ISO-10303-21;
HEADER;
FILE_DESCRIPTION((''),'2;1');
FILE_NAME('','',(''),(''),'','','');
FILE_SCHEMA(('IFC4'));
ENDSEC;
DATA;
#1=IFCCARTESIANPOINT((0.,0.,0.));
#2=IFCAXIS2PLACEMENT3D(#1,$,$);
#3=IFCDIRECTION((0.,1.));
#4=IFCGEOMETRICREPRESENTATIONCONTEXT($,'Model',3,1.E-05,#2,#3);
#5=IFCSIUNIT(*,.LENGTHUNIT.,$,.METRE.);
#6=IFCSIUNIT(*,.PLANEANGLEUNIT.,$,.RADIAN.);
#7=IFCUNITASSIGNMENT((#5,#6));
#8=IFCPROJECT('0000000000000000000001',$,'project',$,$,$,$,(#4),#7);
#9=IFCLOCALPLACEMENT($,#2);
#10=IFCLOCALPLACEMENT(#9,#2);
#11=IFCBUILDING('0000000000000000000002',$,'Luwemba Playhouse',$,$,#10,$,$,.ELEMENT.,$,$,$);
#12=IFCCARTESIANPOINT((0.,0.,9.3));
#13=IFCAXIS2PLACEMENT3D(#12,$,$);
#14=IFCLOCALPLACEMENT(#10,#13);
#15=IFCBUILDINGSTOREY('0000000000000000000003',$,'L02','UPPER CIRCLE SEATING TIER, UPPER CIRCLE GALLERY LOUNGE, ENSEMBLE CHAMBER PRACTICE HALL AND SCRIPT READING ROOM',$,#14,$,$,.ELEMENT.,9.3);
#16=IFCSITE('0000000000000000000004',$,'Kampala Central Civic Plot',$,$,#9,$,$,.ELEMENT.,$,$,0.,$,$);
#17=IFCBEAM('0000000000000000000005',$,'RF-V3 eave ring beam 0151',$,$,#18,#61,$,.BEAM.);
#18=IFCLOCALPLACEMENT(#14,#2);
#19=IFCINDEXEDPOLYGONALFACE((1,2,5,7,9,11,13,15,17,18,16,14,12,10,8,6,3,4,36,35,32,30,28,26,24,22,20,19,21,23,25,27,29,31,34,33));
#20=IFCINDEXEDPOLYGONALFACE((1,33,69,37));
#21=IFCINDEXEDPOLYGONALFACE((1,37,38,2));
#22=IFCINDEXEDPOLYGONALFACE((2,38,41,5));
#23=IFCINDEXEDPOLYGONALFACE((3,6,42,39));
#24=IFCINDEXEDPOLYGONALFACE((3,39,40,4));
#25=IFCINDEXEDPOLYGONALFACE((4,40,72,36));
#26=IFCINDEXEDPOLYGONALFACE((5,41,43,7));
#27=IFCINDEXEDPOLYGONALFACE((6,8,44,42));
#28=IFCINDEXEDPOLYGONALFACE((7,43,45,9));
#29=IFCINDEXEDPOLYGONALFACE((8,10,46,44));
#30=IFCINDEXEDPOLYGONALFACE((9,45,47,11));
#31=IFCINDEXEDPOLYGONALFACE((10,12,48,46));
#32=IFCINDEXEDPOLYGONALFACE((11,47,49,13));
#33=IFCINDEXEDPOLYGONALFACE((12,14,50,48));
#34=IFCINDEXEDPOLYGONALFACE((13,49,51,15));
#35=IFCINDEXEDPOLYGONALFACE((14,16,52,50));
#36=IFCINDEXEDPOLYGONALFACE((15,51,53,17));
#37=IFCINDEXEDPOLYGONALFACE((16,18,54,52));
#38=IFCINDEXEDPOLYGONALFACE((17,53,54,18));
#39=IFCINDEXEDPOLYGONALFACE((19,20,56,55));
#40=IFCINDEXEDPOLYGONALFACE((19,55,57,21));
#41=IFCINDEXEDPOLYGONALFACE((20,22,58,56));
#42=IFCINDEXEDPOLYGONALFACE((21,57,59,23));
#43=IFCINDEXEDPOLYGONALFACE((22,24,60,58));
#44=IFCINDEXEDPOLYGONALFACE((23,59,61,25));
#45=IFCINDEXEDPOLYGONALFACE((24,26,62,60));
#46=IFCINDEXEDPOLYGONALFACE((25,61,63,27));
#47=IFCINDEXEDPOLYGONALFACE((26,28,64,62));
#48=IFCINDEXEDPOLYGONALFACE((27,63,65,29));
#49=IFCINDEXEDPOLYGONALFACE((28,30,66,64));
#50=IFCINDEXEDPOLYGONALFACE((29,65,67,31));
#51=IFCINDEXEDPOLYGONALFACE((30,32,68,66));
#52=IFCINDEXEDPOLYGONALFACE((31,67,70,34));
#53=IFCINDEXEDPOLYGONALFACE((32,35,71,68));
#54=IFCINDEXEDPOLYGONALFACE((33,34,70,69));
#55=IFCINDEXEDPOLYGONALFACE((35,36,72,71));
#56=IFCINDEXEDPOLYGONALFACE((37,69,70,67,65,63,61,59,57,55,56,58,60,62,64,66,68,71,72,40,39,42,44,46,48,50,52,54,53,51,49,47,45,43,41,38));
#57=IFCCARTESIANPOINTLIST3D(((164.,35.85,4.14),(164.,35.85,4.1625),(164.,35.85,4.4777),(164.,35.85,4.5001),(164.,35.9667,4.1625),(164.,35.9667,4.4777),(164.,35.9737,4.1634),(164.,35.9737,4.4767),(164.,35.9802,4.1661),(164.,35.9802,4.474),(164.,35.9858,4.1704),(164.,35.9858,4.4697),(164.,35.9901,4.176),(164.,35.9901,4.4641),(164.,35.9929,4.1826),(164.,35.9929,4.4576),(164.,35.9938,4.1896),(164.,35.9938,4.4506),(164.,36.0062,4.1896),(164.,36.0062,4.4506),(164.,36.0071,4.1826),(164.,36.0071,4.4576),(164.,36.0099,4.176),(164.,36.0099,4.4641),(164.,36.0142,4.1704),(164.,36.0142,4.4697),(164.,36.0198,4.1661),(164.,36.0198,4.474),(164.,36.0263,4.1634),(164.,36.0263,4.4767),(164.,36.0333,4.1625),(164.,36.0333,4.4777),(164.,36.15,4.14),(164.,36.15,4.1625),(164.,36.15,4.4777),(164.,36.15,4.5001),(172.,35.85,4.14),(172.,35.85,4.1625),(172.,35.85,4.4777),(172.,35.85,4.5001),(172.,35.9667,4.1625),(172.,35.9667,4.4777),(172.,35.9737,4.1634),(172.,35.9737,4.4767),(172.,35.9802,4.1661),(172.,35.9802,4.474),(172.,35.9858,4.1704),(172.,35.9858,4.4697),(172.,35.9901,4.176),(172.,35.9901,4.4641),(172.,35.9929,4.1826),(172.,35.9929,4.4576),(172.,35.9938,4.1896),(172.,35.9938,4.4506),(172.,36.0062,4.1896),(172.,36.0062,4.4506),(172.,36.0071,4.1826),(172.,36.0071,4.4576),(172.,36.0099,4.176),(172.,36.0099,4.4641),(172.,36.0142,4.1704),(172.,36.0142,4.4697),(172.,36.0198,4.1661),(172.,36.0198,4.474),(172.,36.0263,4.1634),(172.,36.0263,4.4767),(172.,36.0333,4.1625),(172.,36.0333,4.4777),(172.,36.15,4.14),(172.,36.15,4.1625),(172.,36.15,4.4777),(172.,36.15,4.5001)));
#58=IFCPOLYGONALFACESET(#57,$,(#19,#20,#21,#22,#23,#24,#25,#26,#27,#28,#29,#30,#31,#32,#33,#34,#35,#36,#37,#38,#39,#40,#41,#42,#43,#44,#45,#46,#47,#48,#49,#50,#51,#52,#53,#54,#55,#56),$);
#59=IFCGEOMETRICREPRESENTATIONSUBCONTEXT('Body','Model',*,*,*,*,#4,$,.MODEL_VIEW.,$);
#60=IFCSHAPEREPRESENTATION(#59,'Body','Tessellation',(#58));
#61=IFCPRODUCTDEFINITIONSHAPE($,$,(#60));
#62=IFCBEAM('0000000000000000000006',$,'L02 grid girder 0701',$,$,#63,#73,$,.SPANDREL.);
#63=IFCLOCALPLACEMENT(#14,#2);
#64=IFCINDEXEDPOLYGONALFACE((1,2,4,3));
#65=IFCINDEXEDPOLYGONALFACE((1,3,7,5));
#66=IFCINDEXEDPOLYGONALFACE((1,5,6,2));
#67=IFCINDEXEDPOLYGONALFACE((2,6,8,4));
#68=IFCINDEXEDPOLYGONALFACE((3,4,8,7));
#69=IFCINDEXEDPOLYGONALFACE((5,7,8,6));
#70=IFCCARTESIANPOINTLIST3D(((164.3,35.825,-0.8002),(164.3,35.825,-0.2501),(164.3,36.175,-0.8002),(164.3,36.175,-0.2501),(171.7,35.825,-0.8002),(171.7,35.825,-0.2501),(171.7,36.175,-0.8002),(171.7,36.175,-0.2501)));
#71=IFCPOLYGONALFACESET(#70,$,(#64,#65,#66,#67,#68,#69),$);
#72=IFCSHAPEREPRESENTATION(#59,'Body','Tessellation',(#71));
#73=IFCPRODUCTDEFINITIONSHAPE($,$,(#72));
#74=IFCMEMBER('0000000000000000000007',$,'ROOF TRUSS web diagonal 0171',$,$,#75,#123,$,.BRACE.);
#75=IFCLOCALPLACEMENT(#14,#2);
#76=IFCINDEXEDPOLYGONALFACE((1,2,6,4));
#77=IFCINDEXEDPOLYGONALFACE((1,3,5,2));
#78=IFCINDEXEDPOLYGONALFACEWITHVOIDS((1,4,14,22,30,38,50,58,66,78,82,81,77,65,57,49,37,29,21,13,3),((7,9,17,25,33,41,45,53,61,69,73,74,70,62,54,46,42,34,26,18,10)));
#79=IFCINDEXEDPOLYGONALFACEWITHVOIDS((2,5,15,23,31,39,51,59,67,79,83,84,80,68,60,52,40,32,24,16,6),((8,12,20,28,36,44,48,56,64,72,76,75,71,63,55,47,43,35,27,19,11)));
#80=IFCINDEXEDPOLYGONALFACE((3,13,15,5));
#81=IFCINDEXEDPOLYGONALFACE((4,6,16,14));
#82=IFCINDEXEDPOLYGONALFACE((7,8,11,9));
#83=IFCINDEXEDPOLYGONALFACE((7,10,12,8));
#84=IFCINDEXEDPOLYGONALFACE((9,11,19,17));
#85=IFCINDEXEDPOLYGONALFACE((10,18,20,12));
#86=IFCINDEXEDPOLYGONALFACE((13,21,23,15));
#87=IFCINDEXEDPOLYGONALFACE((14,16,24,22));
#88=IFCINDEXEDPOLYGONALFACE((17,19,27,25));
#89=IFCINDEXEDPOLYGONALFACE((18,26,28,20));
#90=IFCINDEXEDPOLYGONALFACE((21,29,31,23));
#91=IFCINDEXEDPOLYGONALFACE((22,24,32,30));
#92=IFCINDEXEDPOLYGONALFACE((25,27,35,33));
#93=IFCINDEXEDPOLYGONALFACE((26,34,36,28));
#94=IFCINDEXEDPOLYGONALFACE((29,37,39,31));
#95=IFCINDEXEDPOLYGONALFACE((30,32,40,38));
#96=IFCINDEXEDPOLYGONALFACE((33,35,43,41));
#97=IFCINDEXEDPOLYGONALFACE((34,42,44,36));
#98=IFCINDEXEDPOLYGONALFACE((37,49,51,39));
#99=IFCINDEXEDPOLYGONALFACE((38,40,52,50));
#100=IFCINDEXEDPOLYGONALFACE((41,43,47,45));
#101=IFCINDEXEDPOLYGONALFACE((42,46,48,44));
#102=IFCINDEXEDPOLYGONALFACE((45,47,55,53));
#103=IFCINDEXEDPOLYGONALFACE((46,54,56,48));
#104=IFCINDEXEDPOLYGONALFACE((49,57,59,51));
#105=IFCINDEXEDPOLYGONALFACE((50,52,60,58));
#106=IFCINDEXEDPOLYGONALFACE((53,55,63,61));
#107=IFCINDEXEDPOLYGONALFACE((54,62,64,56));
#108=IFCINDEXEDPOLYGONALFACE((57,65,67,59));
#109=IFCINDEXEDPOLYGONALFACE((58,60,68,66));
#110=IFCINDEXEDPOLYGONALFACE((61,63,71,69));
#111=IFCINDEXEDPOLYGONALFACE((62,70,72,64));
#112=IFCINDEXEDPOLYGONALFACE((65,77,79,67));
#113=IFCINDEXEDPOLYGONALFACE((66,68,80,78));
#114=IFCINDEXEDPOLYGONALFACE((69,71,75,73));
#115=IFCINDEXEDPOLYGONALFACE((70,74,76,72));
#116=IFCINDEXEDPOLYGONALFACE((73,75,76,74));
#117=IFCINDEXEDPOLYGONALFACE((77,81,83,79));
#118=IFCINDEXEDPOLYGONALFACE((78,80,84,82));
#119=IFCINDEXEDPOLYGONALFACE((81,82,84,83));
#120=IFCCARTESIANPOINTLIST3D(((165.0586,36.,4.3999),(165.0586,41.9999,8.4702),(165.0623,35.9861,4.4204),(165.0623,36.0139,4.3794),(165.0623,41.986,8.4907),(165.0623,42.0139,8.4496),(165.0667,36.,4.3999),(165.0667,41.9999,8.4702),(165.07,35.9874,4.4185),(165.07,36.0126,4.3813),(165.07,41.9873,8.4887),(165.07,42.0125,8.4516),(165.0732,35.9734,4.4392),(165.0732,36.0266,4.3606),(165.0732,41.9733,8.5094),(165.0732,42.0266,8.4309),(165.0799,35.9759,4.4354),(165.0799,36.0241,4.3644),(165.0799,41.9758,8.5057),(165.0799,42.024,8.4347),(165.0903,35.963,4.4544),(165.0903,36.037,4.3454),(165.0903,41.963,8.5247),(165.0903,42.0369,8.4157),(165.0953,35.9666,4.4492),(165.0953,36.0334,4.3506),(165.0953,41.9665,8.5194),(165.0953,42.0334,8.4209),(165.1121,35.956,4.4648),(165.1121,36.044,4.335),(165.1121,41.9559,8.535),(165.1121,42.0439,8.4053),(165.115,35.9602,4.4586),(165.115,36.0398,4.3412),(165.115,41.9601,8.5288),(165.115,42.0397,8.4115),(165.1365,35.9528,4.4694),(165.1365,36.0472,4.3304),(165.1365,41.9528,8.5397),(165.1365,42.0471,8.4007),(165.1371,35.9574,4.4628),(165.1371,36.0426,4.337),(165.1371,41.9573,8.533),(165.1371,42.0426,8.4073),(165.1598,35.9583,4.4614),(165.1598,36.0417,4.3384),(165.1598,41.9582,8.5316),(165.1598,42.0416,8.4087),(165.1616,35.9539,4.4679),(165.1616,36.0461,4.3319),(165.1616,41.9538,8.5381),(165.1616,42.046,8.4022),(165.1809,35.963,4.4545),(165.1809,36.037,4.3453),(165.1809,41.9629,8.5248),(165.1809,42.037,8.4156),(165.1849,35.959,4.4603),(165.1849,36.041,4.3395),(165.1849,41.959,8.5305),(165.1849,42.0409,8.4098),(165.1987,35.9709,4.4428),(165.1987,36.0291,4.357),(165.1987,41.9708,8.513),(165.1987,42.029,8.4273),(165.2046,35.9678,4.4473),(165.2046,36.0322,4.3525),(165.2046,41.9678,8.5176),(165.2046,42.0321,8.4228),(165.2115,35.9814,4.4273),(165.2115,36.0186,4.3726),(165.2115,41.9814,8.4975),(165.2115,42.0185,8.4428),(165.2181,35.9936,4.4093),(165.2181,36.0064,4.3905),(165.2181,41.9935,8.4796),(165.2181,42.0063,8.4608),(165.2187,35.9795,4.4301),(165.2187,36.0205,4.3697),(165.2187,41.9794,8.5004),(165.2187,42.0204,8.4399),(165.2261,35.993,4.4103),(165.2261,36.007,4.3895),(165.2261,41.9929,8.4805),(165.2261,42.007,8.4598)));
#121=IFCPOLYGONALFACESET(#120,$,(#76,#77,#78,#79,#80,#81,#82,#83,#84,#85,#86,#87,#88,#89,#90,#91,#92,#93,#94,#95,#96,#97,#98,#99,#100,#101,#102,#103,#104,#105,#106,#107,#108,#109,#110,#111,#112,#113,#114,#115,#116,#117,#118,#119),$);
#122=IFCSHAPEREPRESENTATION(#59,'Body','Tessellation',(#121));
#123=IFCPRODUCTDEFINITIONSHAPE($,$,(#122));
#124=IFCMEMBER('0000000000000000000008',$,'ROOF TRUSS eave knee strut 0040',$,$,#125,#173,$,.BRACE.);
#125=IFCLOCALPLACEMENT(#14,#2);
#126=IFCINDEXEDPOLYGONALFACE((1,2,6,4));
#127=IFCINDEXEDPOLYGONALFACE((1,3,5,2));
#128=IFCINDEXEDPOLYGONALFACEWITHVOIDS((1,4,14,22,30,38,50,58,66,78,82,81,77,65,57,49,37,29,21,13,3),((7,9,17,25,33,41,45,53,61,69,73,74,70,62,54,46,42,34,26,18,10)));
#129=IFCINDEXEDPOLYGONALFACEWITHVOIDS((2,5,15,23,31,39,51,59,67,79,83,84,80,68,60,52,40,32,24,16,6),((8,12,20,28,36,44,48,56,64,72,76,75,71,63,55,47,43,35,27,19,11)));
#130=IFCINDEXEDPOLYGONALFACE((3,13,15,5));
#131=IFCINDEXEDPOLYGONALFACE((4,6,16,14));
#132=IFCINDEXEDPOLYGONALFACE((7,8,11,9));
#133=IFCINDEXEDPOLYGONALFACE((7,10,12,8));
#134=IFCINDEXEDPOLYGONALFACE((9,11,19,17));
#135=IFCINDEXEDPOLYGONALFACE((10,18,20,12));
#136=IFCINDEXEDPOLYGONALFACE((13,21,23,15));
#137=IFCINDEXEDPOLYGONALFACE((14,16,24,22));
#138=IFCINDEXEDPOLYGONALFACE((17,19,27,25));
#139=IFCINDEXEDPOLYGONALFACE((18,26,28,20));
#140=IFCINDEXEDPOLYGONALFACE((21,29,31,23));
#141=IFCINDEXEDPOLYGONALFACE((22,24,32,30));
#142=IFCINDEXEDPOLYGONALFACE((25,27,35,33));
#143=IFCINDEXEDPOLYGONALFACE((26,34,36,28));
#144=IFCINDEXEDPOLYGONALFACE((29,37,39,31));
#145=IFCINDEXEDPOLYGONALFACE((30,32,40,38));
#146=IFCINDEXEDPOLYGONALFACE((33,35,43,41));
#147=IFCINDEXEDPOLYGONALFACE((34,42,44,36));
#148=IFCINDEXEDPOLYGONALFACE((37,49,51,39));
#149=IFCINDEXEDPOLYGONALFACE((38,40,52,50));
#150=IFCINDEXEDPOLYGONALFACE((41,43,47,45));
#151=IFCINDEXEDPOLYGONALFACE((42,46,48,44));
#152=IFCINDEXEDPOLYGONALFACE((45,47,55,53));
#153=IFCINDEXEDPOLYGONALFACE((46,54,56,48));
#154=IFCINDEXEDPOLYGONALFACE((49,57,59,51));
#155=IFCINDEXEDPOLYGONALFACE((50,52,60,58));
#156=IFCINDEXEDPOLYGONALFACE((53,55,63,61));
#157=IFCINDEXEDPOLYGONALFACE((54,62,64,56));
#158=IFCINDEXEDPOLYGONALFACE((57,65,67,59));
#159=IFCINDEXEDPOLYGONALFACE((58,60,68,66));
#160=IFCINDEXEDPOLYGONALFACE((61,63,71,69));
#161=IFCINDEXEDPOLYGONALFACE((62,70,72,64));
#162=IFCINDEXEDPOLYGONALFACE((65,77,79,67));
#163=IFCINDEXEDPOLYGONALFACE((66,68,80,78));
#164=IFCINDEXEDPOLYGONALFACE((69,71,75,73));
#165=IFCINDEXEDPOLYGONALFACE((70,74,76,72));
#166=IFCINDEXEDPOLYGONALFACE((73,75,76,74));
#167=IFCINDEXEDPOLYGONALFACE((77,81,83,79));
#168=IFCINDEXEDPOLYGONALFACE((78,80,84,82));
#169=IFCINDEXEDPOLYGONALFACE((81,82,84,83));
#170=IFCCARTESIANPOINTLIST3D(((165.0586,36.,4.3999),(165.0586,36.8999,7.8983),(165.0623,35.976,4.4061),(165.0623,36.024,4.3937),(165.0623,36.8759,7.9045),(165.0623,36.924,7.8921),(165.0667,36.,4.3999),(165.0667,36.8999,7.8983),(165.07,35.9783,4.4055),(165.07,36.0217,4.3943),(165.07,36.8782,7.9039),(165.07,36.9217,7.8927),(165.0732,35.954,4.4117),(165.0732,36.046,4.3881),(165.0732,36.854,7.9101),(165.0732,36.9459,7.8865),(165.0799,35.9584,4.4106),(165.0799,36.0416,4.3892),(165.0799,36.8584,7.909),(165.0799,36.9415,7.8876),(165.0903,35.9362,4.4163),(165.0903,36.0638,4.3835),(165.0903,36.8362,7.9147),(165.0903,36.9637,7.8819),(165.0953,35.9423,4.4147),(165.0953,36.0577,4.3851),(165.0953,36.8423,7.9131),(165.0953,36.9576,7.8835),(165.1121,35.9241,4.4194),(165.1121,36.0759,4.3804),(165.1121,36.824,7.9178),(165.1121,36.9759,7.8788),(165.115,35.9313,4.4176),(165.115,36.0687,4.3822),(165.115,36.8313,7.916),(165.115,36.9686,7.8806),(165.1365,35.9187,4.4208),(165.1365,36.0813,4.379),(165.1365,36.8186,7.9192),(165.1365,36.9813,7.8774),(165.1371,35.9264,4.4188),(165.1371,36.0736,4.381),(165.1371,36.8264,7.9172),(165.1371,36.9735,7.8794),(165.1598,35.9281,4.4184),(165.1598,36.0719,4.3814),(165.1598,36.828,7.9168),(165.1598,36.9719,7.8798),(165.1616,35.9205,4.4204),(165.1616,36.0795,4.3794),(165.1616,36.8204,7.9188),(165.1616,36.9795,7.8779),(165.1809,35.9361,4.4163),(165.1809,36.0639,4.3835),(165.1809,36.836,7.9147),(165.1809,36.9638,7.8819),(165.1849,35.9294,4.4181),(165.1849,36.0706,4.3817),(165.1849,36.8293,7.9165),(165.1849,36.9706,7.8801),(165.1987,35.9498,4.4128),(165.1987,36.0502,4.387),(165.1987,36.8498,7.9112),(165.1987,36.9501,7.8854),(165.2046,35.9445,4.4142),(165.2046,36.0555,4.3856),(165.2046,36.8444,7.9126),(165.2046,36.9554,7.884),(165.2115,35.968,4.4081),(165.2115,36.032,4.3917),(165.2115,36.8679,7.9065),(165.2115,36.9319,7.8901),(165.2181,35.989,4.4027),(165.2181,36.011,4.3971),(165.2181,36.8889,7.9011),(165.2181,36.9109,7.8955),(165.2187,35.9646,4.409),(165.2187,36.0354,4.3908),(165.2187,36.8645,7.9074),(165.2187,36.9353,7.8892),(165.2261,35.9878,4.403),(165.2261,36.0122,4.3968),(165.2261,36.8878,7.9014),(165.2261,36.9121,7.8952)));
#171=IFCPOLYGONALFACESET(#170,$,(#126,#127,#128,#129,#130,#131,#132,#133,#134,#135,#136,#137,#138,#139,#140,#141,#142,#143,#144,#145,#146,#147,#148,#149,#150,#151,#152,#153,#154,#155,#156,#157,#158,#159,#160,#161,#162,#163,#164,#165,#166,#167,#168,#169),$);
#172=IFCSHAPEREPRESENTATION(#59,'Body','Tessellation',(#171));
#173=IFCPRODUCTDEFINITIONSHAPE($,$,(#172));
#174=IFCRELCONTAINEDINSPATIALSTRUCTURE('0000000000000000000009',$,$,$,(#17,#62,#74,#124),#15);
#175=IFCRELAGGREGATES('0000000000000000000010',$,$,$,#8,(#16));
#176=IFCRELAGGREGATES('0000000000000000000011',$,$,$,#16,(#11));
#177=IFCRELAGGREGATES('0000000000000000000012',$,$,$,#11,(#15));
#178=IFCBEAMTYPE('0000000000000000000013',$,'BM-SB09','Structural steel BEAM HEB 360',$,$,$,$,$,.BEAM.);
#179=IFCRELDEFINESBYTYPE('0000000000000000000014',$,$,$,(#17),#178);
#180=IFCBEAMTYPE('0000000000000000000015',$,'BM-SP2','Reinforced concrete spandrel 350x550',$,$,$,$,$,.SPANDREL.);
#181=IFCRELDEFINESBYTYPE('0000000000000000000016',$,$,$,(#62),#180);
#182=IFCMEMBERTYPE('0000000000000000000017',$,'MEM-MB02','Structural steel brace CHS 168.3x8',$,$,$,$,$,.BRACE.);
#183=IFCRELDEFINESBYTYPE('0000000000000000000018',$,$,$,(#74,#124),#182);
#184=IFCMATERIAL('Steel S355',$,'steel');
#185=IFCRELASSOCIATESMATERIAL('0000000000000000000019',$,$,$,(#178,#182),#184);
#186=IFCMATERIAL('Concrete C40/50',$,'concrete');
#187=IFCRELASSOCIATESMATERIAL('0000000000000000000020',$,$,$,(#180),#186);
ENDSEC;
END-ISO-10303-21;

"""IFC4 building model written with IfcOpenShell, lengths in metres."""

from ifc_helpers import new_model, si_unit, direction, frame, origin, origin_2d, place, context, subcontext, project, spatial, rectangle, hollow_circle, i_section, extrude, material, material_profile, profile_set, type_object, element, save


model = new_model("IFC4")

# Units and contexts
model_context = context("Model", 3, precision=1e-05, world=origin(), true_north=direction((0.0, 1.0)))
body_context = subcontext(model_context, "Body", "Model", "MODEL_VIEW")
ifc_project = project(units=[si_unit("LENGTHUNIT", "METRE"), si_unit("PLANEANGLEUNIT", "RADIAN")], contexts=[model_context])

# Site, building, storey
site_placement = place(None, origin())
site = spatial("IfcSite", under=ifc_project, at=site_placement, Name="Kampala Central Civic Plot", CompositionType="ELEMENT", RefElevation=0.0)
building_placement = place(site_placement, origin())
building = spatial("IfcBuilding", under=site, at=building_placement, Name="Luwemba Playhouse", CompositionType="ELEMENT")
storey_placement = place(building_placement, frame((0.0, 0.0, 9.3)))
storey = spatial("IfcBuildingStorey", under=building, at=storey_placement, Name="L02", Description="UPPER CIRCLE SEATING TIER, UPPER CIRCLE GALLERY LOUNGE, ENSEMBLE CHAMBER PRACTICE HALL AND SCRIPT READING ROOM", CompositionType="ELEMENT", Elevation=9.3)

# Shared definitions
ifc_material_1 = material(Name="Concrete C40/50", Category="concrete")

# Beams
ifc_material_2 = material(Name="Steel S355", Category="steel")
ifc_material_profile_1 = material_profile(ifc_material_2, i_section(OverallWidth=0.3, OverallDepth=0.3601, WebThickness=0.0125, FlangeThickness=0.0225, FilletRadius=0.0271, at=origin_2d()))
ifc_profile_set_1 = profile_set([ifc_material_profile_1], Name="Steel S355")
beam_type_1 = type_object("IfcBeamType", Name="BM-SB09", Description="Structural steel BEAM HEB 360", PredefinedType="BEAM", material=ifc_profile_set_1)
beam_1_placement = place(storey_placement, frame((164.0, 36.0, 4.3201), z_axis=(1.0, 0.0, 0.0), x_axis=(0.0, 1.0, 0.0)))
element("IfcBeam", 1, at=beam_1_placement, inside=storey, type_object=beam_type_1, Name="RF-V3 eave ring beam 0151", PredefinedType="BEAM", context=body_context, shape_type="SweptSolid", body=[
    extrude(i_section(OverallWidth=0.3, OverallDepth=0.3601, WebThickness=0.0125, FlangeThickness=0.0225, FilletRadius=0.0271, at=origin_2d()), origin(), (0.0, 0.0, 1.0), 8.0),
])
ifc_material_profile_2 = material_profile(ifc_material_1, rectangle(XDim=0.3501, YDim=0.55, at=origin_2d()))
ifc_profile_set_2 = profile_set([ifc_material_profile_2], Name="Concrete C40/50")
beam_type_2 = type_object("IfcBeamType", Name="BM-SP2", Description="Reinforced concrete spandrel 350x550", PredefinedType="SPANDREL", material=ifc_profile_set_2)
beam_2_placement = place(storey_placement, frame((164.3, 36.0, -0.5251), z_axis=(1.0, 0.0, 0.0), x_axis=(0.0, 1.0, 0.0)))
element("IfcBeam", 2, at=beam_2_placement, inside=storey, type_object=beam_type_2, Name="L02 grid girder 0701", PredefinedType="SPANDREL", context=body_context, shape_type="SweptSolid", body=[
    extrude(rectangle(XDim=0.3501, YDim=0.55, at=origin_2d()), origin(), (0.0, 0.0, 1.0), 7.3999),
])

# Members
ifc_material_profile_3 = material_profile(ifc_material_2, hollow_circle(Radius=0.0842, WallThickness=0.0081, at=origin_2d()))
ifc_profile_set_3 = profile_set([ifc_material_profile_3], Name="Steel S355")
member_type_1 = type_object("IfcMemberType", Name="MEM-MB02", Description="Structural steel brace CHS 168.3x8", PredefinedType="BRACE", material=ifc_profile_set_3)
member_1_placement = place(storey_placement, frame((165.1428, 36.0, 4.3999), z_axis=(0.0, 0.827547, 0.561396), x_axis=(-1.0, 0.0, 0.0)))
element("IfcMember", 3, at=member_1_placement, inside=storey, type_object=member_type_1, Name="ROOF TRUSS web diagonal 0171", PredefinedType="BRACE", context=body_context, shape_type="SweptSolid", body=[
    extrude(hollow_circle(Radius=0.0842, WallThickness=0.0081, at=origin_2d()), origin(), (0.0, 0.0, 1.0), 7.2502),
])
member_2_placement = place(storey_placement, frame((165.1428, 36.0, 4.3999), z_axis=(0.0, 0.24913, 0.96847), x_axis=(-1.0, 0.0, 0.0)))
element("IfcMember", 4, at=member_2_placement, inside=storey, type_object=member_type_1, Name="ROOF TRUSS eave knee strut 0040", PredefinedType="BRACE", context=body_context, shape_type="SweptSolid", body=[
    extrude(hollow_circle(Radius=0.0842, WallThickness=0.0081, at=origin_2d()), origin(), (0.0, 0.0, 1.0), 3.6123),
])

save(model, "model.ifc")
